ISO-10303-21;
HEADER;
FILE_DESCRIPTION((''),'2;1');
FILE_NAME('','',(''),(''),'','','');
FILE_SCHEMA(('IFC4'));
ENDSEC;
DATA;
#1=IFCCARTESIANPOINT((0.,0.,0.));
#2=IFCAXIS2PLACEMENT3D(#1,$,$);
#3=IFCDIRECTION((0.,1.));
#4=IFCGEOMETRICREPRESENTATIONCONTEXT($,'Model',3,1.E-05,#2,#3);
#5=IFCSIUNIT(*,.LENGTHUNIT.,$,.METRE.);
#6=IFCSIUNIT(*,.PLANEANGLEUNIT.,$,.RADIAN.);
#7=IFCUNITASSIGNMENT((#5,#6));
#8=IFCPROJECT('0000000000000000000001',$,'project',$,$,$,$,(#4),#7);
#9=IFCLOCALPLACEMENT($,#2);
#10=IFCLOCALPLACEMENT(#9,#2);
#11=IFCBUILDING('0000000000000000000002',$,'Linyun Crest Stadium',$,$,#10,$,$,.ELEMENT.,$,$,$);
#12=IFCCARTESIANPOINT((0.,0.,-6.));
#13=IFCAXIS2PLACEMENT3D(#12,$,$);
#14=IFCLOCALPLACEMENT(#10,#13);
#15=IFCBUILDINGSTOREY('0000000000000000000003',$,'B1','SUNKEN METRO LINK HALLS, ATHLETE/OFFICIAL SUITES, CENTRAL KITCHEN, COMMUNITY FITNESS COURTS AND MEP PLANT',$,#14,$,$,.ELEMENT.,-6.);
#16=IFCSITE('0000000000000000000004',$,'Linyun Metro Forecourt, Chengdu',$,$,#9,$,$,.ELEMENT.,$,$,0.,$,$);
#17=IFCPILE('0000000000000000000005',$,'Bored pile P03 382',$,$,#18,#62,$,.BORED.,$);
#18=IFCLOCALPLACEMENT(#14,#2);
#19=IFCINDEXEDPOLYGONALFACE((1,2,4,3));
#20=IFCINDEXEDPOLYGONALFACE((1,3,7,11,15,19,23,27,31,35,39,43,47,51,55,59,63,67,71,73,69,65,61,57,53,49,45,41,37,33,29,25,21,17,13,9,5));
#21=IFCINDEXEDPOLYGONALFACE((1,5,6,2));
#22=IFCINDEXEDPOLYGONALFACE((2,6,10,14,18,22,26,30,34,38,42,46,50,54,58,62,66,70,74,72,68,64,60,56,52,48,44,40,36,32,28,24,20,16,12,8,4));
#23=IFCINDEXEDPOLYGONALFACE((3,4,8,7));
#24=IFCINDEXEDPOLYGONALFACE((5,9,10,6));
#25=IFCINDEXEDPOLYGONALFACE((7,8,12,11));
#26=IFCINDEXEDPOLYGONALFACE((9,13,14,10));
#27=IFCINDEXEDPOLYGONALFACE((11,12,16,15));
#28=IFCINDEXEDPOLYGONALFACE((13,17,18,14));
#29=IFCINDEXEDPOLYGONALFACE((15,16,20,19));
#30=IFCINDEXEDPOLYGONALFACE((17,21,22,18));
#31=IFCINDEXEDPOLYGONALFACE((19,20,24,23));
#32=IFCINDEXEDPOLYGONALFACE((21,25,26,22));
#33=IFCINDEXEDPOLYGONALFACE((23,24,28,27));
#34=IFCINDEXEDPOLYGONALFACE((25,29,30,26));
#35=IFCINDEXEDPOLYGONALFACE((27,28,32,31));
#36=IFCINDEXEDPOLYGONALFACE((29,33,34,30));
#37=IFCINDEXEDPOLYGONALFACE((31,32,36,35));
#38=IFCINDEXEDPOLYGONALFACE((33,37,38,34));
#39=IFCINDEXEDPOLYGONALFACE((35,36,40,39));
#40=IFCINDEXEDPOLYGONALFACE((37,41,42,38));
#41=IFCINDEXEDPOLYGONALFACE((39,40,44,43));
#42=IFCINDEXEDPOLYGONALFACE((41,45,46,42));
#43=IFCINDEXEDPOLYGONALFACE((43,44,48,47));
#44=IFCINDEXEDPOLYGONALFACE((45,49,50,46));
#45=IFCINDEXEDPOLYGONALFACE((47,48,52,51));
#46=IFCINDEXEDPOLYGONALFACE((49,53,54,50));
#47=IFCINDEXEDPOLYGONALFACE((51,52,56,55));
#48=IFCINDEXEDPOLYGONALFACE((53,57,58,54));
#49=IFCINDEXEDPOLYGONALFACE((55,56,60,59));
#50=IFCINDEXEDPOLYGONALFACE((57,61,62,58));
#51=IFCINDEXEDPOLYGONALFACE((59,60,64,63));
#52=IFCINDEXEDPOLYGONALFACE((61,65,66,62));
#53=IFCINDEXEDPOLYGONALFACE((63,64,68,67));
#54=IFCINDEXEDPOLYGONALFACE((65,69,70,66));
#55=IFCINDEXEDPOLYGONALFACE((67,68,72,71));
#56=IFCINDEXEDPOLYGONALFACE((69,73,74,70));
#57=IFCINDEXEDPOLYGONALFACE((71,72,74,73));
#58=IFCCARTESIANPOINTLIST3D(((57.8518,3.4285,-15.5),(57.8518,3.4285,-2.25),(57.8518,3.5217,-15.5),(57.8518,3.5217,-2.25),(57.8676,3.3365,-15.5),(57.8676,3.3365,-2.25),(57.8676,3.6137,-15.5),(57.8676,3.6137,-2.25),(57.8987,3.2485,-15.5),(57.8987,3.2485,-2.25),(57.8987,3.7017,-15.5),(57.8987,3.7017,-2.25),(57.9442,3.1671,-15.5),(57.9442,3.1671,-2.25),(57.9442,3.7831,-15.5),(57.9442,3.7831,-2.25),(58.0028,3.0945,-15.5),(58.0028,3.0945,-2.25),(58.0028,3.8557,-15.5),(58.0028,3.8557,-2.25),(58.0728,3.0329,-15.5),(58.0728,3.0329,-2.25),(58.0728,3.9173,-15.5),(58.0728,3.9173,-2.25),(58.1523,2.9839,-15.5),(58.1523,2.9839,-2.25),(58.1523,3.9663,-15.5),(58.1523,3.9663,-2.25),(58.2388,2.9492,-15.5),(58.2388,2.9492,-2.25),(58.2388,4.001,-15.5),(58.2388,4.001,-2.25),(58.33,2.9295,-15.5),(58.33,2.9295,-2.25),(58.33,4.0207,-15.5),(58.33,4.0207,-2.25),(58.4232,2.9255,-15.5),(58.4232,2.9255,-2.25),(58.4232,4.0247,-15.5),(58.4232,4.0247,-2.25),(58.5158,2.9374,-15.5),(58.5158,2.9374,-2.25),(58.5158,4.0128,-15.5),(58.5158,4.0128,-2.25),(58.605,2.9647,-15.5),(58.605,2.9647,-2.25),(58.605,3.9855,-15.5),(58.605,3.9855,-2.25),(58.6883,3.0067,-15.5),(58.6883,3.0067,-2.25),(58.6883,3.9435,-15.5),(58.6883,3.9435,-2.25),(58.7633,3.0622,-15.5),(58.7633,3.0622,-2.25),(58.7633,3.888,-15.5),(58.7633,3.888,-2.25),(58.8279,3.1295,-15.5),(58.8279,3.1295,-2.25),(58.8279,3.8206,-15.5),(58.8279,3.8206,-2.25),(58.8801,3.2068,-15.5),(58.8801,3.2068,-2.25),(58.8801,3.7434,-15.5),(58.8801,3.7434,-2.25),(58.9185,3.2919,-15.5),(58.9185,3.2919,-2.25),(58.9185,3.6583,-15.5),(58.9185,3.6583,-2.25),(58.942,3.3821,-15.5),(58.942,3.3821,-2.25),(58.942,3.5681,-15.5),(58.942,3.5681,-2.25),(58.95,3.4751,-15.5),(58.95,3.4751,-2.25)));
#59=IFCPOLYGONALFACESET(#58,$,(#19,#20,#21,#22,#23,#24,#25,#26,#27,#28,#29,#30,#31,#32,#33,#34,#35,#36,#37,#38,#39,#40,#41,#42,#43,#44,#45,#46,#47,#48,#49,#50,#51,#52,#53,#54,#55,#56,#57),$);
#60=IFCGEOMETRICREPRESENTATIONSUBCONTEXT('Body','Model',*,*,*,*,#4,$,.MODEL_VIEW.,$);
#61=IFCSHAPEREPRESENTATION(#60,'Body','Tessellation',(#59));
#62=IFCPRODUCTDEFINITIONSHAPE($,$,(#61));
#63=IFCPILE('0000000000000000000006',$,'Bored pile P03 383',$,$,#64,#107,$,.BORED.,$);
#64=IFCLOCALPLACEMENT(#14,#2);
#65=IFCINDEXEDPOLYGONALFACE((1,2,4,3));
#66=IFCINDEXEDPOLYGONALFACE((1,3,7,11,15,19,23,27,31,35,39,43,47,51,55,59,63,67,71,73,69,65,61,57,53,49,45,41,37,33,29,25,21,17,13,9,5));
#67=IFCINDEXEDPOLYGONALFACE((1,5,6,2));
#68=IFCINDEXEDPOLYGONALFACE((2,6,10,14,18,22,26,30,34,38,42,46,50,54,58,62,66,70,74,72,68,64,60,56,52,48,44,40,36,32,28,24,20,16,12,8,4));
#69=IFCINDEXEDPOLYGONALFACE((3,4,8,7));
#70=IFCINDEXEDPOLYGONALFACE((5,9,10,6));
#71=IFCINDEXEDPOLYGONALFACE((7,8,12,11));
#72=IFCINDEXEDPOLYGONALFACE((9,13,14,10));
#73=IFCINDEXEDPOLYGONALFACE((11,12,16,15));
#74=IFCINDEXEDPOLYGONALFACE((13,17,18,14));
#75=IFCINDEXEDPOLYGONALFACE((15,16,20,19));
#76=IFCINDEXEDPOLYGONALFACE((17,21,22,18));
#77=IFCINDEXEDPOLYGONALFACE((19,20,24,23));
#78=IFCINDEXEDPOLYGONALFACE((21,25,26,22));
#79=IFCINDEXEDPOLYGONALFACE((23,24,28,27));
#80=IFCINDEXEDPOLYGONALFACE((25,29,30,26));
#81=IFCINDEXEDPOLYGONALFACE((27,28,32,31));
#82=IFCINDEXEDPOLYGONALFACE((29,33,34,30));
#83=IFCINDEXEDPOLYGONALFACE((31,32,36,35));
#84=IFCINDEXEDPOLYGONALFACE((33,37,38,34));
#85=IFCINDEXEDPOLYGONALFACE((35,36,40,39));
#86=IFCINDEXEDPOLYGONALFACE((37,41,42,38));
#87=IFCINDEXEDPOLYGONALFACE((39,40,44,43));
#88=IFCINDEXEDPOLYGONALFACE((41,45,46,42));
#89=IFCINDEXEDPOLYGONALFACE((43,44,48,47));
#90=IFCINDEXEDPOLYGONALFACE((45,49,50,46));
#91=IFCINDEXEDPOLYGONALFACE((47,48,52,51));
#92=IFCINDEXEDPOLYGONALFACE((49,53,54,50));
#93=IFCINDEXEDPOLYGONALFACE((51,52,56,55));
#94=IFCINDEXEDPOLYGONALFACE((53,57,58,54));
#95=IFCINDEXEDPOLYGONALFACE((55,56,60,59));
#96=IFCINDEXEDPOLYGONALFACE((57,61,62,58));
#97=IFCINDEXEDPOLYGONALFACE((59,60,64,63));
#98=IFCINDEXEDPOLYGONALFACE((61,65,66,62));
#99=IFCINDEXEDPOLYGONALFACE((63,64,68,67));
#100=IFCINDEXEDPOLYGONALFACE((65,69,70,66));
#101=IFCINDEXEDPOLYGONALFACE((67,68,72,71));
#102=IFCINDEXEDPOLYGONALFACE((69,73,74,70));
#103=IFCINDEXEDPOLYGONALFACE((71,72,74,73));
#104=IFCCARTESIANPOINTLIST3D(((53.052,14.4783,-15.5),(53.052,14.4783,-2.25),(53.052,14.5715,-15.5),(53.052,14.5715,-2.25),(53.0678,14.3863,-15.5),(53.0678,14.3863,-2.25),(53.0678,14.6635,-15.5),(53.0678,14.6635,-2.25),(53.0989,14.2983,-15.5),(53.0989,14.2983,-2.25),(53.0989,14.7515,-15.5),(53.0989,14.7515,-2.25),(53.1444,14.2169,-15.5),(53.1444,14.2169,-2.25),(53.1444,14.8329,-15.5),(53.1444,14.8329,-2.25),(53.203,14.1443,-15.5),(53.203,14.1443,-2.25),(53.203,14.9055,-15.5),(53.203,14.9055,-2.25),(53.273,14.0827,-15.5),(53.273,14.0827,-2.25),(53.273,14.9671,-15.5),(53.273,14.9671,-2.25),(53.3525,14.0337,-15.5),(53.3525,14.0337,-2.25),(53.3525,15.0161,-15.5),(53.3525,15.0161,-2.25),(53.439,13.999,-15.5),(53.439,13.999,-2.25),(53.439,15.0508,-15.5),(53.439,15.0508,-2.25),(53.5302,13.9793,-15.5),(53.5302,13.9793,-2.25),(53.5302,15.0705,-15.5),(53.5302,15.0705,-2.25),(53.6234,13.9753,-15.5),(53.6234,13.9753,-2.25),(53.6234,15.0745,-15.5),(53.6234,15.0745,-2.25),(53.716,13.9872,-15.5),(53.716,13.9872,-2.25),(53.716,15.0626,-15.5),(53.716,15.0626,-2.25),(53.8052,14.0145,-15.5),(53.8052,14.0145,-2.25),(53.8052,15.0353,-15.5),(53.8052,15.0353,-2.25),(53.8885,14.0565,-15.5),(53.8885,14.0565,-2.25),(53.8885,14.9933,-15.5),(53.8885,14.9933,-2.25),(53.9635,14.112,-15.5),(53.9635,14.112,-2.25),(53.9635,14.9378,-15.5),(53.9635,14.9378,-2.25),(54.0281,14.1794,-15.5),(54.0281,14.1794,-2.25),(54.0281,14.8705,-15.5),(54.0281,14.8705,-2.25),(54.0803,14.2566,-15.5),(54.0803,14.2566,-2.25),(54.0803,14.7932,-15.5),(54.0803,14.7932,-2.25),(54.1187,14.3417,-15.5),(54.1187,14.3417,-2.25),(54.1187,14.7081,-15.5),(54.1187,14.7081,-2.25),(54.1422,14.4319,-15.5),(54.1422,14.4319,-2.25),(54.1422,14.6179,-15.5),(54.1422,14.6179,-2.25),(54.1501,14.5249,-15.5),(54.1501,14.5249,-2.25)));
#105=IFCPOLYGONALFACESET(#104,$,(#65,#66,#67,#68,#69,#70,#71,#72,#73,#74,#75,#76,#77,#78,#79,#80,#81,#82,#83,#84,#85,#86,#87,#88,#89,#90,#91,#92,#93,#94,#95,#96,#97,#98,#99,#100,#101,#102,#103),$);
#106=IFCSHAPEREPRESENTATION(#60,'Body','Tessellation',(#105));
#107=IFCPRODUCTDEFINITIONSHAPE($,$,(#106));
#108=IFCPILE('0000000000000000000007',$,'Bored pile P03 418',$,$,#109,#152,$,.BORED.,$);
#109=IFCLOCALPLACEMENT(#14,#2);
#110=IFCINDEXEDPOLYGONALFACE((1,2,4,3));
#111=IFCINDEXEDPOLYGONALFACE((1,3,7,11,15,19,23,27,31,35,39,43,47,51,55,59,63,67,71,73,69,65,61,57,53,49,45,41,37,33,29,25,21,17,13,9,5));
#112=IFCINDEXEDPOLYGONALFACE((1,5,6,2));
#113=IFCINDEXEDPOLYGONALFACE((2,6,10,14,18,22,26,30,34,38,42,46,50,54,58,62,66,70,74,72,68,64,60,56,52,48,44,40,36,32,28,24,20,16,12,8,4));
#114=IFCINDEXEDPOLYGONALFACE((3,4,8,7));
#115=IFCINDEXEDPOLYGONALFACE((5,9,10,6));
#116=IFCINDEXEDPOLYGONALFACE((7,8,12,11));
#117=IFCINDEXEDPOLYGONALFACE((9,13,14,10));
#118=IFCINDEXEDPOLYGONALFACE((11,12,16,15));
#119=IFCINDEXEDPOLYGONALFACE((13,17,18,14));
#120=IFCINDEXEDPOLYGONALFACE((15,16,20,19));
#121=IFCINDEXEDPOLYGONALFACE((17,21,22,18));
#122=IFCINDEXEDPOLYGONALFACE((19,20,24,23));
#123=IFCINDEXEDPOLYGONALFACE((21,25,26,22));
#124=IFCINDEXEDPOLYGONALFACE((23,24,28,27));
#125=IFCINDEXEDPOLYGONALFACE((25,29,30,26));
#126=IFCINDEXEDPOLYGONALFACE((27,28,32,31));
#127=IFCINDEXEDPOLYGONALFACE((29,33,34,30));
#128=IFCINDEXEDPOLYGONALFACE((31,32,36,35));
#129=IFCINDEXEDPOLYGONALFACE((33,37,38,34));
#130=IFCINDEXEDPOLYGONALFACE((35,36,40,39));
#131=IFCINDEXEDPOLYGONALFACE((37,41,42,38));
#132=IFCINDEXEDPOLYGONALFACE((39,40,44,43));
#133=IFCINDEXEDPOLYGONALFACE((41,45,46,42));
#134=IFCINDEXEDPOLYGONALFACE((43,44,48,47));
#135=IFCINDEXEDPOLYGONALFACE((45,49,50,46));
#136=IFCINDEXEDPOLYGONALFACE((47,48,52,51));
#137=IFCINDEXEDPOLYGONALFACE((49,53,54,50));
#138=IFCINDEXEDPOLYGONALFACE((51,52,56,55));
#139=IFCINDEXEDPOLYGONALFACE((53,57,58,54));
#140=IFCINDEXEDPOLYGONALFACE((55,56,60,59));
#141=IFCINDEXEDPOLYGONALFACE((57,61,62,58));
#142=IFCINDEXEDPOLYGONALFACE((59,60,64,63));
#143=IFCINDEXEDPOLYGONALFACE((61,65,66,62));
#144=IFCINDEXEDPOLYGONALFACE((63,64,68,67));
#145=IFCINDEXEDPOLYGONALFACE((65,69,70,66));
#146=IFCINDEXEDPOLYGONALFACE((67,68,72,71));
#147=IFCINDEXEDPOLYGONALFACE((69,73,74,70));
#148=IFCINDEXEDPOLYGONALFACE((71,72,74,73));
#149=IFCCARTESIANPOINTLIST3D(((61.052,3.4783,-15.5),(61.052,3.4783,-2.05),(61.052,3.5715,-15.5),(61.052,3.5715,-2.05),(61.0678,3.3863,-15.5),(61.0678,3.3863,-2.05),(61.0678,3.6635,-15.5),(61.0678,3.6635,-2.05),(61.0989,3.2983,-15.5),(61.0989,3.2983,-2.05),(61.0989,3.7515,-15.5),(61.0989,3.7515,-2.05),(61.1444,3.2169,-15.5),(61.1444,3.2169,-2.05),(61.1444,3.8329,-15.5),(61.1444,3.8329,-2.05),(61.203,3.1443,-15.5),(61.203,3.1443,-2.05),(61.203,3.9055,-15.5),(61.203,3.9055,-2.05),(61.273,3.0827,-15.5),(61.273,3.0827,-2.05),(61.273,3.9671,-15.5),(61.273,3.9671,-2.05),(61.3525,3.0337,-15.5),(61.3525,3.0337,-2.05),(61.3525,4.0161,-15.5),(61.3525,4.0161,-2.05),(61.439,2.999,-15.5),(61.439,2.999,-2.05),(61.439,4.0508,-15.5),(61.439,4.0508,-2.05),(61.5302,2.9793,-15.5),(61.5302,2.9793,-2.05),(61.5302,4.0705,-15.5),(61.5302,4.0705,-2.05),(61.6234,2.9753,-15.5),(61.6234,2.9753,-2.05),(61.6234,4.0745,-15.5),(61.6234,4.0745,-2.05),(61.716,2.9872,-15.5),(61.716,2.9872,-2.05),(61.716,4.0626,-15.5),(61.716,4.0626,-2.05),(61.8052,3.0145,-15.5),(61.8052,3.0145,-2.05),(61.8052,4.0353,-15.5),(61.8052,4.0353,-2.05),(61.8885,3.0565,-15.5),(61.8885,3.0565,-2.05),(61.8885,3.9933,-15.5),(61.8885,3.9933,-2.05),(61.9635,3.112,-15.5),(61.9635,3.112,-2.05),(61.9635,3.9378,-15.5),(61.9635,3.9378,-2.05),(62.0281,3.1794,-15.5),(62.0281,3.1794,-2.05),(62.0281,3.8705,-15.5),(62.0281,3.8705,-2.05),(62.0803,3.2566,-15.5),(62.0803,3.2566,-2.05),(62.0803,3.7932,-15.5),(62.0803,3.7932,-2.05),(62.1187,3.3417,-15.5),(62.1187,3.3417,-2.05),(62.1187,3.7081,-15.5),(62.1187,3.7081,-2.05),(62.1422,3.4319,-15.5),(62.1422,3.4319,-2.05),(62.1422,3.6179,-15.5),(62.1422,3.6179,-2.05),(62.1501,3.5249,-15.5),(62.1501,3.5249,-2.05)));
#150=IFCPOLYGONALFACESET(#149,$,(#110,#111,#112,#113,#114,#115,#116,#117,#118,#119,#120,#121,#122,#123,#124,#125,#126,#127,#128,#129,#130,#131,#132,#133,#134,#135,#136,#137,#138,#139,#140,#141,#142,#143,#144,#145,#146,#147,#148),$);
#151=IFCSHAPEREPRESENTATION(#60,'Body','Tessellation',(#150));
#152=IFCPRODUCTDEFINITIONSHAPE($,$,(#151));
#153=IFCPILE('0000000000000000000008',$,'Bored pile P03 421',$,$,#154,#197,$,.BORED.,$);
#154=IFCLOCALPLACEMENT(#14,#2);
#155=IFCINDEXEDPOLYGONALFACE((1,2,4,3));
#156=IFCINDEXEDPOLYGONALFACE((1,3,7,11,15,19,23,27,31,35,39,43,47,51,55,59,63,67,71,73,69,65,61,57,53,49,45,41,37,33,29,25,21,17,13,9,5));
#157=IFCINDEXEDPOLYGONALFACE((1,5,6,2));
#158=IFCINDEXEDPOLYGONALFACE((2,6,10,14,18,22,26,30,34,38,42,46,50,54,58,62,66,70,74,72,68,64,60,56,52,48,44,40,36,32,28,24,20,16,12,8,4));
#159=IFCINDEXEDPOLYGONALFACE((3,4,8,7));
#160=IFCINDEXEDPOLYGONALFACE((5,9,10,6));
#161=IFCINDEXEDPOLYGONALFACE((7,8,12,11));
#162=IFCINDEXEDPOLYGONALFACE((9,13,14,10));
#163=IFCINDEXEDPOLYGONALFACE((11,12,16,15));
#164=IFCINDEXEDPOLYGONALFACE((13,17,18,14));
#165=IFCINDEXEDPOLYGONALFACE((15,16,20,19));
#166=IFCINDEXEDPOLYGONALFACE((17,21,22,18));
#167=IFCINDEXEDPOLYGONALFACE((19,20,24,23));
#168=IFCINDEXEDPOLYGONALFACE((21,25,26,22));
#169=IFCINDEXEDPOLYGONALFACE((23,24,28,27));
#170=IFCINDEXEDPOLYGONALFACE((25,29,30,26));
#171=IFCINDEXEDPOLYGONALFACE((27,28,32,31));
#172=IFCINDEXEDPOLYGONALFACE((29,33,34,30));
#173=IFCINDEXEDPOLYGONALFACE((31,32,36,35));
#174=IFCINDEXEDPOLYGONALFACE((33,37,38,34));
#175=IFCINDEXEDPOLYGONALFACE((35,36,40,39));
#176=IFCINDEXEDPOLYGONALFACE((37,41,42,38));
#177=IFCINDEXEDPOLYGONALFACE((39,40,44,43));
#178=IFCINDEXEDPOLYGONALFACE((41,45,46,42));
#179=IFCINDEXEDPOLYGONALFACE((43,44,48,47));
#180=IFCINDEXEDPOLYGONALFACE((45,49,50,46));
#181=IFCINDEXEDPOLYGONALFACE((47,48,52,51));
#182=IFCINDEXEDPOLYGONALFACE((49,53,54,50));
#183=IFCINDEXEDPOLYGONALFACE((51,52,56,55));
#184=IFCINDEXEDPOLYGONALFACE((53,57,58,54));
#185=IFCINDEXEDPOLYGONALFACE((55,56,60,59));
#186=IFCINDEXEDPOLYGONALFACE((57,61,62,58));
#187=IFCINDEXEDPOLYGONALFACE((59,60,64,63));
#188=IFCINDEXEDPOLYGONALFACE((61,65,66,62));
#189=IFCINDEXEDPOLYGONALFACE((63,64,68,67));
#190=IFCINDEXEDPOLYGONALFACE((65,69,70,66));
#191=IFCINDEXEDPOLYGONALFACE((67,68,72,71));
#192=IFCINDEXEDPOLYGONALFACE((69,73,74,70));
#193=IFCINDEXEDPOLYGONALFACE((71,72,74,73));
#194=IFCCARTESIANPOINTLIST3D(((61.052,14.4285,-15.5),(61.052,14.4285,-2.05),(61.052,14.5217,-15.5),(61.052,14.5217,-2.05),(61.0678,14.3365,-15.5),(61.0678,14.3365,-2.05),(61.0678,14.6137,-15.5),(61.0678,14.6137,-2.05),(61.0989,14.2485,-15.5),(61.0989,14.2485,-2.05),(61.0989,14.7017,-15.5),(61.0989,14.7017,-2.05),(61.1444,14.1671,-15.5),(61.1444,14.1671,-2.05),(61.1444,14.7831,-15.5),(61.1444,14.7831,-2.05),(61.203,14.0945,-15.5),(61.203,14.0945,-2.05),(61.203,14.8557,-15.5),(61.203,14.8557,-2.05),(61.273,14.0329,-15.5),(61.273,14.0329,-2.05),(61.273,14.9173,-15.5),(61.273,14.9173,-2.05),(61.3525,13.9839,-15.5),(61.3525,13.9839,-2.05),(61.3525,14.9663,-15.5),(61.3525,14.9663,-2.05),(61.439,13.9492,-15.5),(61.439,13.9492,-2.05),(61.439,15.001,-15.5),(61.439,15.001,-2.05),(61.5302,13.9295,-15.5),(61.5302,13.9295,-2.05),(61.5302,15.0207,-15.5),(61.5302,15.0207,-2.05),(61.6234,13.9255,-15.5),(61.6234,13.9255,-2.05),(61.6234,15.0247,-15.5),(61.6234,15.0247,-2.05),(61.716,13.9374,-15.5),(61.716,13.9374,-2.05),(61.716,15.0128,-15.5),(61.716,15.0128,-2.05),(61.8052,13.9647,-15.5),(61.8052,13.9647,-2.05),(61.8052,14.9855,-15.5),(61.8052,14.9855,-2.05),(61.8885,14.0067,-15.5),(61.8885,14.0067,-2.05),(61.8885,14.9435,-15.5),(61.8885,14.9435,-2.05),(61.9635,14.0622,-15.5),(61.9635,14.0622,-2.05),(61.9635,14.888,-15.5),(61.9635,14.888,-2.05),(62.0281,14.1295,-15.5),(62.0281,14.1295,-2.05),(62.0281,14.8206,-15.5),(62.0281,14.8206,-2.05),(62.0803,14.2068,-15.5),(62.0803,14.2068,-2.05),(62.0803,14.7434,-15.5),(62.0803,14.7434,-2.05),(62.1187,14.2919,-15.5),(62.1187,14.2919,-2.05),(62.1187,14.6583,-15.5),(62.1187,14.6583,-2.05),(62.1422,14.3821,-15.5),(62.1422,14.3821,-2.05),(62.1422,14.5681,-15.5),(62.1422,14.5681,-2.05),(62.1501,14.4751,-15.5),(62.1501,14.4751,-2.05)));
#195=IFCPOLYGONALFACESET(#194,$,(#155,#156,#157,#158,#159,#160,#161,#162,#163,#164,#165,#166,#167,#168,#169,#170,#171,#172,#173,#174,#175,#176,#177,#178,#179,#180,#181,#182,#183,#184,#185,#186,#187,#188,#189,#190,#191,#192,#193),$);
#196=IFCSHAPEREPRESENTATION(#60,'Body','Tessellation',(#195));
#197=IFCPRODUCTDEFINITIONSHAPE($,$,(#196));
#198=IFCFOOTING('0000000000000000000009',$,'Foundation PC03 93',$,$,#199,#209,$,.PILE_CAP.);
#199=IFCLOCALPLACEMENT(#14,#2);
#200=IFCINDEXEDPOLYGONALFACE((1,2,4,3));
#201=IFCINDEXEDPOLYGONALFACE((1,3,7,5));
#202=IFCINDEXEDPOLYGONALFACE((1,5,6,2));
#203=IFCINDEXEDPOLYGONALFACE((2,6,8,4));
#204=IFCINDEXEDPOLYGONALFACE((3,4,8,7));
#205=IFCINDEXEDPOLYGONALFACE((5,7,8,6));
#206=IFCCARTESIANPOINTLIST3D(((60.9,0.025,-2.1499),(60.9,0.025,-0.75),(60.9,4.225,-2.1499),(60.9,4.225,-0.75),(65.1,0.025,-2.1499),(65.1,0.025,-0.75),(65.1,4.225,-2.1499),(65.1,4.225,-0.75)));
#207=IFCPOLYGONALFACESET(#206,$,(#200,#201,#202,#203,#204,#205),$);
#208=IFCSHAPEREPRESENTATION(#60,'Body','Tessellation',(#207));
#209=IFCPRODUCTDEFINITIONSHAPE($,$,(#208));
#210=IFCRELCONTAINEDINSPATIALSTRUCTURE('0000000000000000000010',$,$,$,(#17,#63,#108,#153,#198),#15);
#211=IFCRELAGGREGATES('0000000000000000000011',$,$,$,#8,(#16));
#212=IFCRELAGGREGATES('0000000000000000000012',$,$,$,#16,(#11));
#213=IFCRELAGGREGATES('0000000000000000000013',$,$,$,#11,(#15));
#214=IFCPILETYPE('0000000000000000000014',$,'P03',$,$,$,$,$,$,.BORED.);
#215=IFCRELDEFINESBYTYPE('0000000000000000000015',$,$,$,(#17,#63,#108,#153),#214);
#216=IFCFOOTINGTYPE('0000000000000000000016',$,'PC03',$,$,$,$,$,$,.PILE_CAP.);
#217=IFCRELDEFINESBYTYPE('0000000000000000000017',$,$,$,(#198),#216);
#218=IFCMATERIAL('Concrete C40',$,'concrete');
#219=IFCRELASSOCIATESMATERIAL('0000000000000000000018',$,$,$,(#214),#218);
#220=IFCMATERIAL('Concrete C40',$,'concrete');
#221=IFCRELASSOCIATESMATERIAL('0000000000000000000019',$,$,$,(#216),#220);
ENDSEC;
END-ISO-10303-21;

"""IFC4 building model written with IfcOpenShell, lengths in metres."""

from ifc_helpers import new_model, si_unit, direction, frame, origin, origin_2d, place, context, subcontext, project, spatial, rectangle, circle, extrude, material, material_profile, profile_set, type_object, element, save


model = new_model("IFC4")

# Units and contexts
model_context = context("Model", 3, precision=1e-05, world=origin(), true_north=direction((0.0, 1.0)))
body_context = subcontext(model_context, "Body", "Model", "MODEL_VIEW")
ifc_project = project(units=[si_unit("LENGTHUNIT", "METRE"), si_unit("PLANEANGLEUNIT", "RADIAN")], contexts=[model_context])

# Site, building, storey
site_placement = place(None, origin())
site = spatial("IfcSite", under=ifc_project, at=site_placement, Name="Linyun Metro Forecourt, Chengdu", CompositionType="ELEMENT", RefElevation=0.0)
building_placement = place(site_placement, origin())
building = spatial("IfcBuilding", under=site, at=building_placement, Name="Linyun Crest Stadium", CompositionType="ELEMENT")
storey_placement = place(building_placement, frame((0.0, 0.0, -6.0)))
storey = spatial("IfcBuildingStorey", under=building, at=storey_placement, Name="B1", Description="SUNKEN METRO LINK HALLS, ATHLETE/OFFICIAL SUITES, CENTRAL KITCHEN, COMMUNITY FITNESS COURTS AND MEP PLANT", CompositionType="ELEMENT", Elevation=-6.0)

# Piles
ifc_material_1 = material(Name="Concrete C40", Category="concrete")
ifc_material_profile_1 = material_profile(ifc_material_1, circle(Radius=0.55, at=origin_2d()), Name="BORED PILE 1100")
ifc_profile_set_1 = profile_set([ifc_material_profile_1], Name="Concrete C40")
pile_type = type_object("IfcPileType", Name="P03", PredefinedType="BORED", material=ifc_profile_set_1)
for number, where, z_axis, x_axis, name in (
    (1, (58.3999, 3.4751, -2.25), (0.0, 0.0, -1.0), (1.0, 0.0, 0.0), "Bored pile P03 382"),
    (2, (53.6001, 14.5249, -2.25), (0.0, 0.0, -1.0), (1.0, 0.0, 0.0), "Bored pile P03 383"),
):
    element("IfcPile", number, at=place(storey_placement, frame(where, z_axis=z_axis, x_axis=x_axis)), inside=storey, type_object=pile_type, Name=name, PredefinedType="BORED", context=body_context, shape_type="SweptSolid", body=[
        extrude(circle(Radius=0.55, at=origin_2d()), origin(), (0.0, 0.0, 1.0), 13.25),
    ])
for number, where, z_axis, x_axis, name in (
    (3, (61.6001, 3.5249, -2.05), (0.0, 0.0, -1.0), (1.0, 0.0, 0.0), "Bored pile P03 418"),
    (4, (61.6001, 14.4751, -2.05), (0.0, 0.0, -1.0), (1.0, 0.0, 0.0), "Bored pile P03 421"),
):
    element("IfcPile", number, at=place(storey_placement, frame(where, z_axis=z_axis, x_axis=x_axis)), inside=storey, type_object=pile_type, Name=name, PredefinedType="BORED", context=body_context, shape_type="SweptSolid", body=[
        extrude(circle(Radius=0.55, at=origin_2d()), origin(), (0.0, 0.0, 1.0), 13.45),
    ])

# Footing
ifc_material_2 = material(Name="Concrete C40", Category="concrete")
footing_type = type_object("IfcFootingType", Name="PC03", PredefinedType="PILE_CAP", material=ifc_material_2)
footing_placement = place(storey_placement, frame((63.0, 2.125, -2.1499), z_axis=(0.0, 0.0, 1.0), x_axis=(1.0, 0.0, 0.0)))
element("IfcFooting", 5, at=footing_placement, inside=storey, type_object=footing_type, Name="Foundation PC03 93", PredefinedType="PILE_CAP", context=body_context, shape_type="SweptSolid", body=[
    extrude(rectangle(XDim=4.2, YDim=4.2, at=origin_2d()), origin(), (0.0, 0.0, 1.0), 1.3999),
])

save(model, "model.ifc")
